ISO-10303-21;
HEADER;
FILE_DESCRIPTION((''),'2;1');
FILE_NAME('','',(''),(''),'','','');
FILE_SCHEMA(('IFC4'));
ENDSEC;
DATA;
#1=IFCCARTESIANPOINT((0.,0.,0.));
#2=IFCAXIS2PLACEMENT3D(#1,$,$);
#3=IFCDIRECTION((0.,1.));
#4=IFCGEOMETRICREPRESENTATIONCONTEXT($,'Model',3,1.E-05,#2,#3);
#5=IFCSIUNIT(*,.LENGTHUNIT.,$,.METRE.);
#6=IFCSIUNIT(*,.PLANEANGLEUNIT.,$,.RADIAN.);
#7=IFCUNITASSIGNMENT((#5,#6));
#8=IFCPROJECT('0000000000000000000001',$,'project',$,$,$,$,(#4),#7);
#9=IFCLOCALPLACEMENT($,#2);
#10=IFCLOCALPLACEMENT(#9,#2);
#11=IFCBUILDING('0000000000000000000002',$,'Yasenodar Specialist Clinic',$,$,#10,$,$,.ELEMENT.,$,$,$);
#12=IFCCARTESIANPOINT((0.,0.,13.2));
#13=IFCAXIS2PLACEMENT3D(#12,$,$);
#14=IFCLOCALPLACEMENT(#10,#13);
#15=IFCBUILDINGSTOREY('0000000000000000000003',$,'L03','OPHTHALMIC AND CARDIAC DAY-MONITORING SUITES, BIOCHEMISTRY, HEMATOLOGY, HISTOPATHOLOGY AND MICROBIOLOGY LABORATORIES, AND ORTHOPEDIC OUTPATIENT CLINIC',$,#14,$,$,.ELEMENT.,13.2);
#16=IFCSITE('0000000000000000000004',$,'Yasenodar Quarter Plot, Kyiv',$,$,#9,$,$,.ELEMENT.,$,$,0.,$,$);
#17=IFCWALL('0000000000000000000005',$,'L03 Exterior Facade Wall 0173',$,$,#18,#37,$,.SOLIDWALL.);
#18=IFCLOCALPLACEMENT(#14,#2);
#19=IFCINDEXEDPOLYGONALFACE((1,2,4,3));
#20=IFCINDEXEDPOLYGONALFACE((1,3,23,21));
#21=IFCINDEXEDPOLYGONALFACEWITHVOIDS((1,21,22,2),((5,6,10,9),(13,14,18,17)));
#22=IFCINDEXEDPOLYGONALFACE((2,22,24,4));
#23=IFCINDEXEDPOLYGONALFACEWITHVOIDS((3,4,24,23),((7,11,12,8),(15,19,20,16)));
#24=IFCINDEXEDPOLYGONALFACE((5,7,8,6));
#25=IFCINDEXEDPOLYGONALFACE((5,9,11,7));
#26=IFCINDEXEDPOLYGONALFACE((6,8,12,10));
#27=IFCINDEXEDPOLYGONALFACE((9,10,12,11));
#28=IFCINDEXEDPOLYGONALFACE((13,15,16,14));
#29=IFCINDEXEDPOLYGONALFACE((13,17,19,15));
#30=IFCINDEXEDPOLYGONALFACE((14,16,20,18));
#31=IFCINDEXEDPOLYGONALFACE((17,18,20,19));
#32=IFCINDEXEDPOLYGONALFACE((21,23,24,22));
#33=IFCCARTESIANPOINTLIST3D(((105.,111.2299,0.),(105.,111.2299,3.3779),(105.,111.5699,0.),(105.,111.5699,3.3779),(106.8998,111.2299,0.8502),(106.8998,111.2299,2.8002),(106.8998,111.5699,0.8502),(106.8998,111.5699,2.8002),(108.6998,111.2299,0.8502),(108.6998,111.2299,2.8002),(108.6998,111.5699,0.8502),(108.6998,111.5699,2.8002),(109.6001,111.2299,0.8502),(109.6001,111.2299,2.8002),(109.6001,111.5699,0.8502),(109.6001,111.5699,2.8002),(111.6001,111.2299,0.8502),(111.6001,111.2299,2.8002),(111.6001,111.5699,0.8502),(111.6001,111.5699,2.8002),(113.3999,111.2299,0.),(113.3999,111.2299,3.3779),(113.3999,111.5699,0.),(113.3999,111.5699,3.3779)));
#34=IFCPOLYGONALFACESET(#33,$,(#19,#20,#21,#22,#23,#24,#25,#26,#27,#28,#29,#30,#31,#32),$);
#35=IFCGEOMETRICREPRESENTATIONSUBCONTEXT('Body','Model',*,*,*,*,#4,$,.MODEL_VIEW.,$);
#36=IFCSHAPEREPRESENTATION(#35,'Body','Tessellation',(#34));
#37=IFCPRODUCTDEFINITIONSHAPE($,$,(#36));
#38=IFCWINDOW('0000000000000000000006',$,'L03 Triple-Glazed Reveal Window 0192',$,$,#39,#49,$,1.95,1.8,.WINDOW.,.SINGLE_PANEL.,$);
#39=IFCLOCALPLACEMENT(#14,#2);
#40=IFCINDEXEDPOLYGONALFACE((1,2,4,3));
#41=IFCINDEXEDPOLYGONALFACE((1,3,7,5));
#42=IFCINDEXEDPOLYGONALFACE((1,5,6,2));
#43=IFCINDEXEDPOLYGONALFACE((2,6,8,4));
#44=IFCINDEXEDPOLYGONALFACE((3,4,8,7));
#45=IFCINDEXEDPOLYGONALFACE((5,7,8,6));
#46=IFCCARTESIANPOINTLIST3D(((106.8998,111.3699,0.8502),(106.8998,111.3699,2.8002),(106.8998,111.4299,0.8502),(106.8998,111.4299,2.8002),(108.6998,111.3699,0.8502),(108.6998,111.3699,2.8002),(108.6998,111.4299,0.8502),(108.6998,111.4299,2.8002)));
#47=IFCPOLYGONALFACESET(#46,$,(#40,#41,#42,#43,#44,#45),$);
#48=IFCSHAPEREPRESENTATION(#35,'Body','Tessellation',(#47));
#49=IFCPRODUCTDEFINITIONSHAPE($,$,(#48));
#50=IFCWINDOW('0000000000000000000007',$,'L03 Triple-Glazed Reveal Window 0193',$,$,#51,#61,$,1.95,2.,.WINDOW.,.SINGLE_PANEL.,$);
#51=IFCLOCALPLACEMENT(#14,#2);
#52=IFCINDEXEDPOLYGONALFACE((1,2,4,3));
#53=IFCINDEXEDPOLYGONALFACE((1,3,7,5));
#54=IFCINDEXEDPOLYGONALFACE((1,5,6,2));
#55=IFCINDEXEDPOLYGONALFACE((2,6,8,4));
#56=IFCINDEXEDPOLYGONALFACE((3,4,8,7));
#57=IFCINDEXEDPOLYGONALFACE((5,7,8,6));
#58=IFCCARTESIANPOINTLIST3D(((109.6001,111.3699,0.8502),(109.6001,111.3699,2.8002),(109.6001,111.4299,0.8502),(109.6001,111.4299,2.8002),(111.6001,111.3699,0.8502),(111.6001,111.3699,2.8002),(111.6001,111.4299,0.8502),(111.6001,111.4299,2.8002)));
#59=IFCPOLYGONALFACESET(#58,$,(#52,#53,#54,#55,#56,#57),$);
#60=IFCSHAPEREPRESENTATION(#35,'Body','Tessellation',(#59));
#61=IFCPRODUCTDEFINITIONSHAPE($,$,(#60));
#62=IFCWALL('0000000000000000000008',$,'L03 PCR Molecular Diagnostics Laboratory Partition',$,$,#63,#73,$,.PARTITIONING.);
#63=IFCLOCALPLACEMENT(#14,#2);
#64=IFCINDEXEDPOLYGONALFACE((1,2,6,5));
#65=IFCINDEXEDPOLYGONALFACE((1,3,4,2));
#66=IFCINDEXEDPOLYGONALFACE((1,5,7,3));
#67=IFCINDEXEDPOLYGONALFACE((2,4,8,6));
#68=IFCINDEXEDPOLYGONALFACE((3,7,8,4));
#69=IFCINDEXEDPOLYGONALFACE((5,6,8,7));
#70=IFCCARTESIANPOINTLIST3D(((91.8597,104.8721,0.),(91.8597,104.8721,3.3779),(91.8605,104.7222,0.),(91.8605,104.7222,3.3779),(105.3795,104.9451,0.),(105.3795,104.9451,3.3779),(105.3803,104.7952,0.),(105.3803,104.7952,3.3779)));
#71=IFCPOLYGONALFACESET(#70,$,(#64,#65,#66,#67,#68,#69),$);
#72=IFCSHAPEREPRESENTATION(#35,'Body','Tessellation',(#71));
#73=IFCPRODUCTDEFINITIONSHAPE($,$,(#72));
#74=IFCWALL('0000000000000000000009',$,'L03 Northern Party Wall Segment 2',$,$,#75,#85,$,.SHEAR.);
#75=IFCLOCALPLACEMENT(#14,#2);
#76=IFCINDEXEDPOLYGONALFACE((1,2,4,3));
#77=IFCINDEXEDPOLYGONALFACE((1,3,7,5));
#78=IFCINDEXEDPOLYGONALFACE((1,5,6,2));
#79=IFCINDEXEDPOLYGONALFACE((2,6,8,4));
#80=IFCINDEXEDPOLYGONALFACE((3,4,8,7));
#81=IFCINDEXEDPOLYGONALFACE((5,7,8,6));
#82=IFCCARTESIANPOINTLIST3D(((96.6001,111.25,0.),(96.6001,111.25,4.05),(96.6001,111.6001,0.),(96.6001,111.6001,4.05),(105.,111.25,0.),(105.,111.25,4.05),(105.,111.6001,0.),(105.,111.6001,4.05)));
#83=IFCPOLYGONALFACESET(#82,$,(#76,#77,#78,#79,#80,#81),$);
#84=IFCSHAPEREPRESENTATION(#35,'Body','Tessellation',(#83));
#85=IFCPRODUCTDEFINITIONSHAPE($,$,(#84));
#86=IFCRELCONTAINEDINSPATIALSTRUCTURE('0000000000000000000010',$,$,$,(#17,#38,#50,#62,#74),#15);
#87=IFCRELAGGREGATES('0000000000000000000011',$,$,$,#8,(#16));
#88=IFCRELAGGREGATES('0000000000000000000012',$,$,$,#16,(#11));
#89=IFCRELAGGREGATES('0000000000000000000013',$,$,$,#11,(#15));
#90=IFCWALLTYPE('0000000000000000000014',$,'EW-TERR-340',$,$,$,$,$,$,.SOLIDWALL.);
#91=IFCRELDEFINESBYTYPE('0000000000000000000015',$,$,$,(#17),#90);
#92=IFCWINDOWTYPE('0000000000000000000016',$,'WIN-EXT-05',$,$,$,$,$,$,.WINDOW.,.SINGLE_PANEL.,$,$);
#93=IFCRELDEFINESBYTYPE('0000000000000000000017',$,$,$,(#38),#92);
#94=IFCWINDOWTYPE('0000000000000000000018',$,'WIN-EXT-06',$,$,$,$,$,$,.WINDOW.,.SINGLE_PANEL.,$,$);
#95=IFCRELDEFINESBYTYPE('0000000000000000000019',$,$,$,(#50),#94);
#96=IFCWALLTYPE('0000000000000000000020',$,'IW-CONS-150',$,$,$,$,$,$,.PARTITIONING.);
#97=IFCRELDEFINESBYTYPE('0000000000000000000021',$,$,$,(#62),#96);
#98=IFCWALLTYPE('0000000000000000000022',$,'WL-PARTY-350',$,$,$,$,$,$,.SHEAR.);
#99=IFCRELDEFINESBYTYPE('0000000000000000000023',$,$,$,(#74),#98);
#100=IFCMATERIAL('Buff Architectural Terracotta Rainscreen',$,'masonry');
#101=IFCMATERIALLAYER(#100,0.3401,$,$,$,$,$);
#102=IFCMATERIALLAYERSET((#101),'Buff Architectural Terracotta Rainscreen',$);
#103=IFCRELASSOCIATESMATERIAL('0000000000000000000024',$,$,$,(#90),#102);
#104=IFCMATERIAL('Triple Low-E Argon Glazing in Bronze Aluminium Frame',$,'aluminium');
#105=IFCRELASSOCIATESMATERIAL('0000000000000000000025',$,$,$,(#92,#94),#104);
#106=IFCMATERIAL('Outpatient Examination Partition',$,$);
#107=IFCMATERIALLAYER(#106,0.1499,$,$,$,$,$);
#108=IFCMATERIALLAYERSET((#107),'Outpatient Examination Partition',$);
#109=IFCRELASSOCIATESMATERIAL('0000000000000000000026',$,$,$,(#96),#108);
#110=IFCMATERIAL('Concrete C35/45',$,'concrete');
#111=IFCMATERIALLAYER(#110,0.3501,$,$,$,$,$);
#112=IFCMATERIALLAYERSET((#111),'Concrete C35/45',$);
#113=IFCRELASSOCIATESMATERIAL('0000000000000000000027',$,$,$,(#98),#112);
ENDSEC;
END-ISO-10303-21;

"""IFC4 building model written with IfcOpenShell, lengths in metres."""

from ifc_helpers import new_model, si_unit, direction, frame, frame_2d, origin, place, context, subcontext, project, spatial, rectangle, extrude, material, layer, layer_set, type_object, element, fill, save


model = new_model("IFC4")

# Units and contexts
model_context = context("Model", 3, precision=1e-05, world=origin(), true_north=direction((0.0, 1.0)))
body_context = subcontext(model_context, "Body", "Model", "MODEL_VIEW")
ifc_project = project(units=[si_unit("LENGTHUNIT", "METRE"), si_unit("PLANEANGLEUNIT", "RADIAN")], contexts=[model_context])

# Site, building, storey
site_placement = place(None, origin())
site = spatial("IfcSite", under=ifc_project, at=site_placement, Name="Yasenodar Quarter Plot, Kyiv", CompositionType="ELEMENT", RefElevation=0.0)
building_placement = place(site_placement, origin())
building = spatial("IfcBuilding", under=site, at=building_placement, Name="Yasenodar Specialist Clinic", CompositionType="ELEMENT")
storey_placement = place(building_placement, frame((0.0, 0.0, 13.2)))
storey = spatial("IfcBuildingStorey", under=building, at=storey_placement, Name="L03", Description="OPHTHALMIC AND CARDIAC DAY-MONITORING SUITES, BIOCHEMISTRY, HEMATOLOGY, HISTOPATHOLOGY AND MICROBIOLOGY LABORATORIES, AND ORTHOPEDIC OUTPATIENT CLINIC", CompositionType="ELEMENT", Elevation=13.2)

# Wall, openings, windows
ifc_material_1 = material(Name="Buff Architectural Terracotta Rainscreen", Category="masonry")
ifc_layer_1 = layer(ifc_material_1, 0.3401)
ifc_layer_set_1 = layer_set([ifc_layer_1], Name="Buff Architectural Terracotta Rainscreen")
wall_type_1 = type_object("IfcWallType", Name="EW-TERR-340", PredefinedType="SOLIDWALL", material=ifc_layer_set_1)
wall_1_placement = place(storey_placement, frame((105.0, 111.3999, 0.0), z_axis=(0.0, 0.0, 1.0), x_axis=(1.0, 0.0, 0.0)))
wall_1 = element("IfcWall", 1, at=wall_1_placement, inside=storey, type_object=wall_type_1, Name="L03 Exterior Facade Wall 0173", PredefinedType="SOLIDWALL", context=body_context, shape_type="SweptSolid", body=[
    extrude(rectangle(XDim=8.3999, YDim=0.3401, at=frame_2d((4.2, 0.0))), origin(), (0.0, 0.0, 1.0), 3.3779),
])
opening_1_placement = place(wall_1_placement, frame((1.8999, 0.0, 0.8501)))
opening_1 = element("IfcOpeningElement", 2, at=opening_1_placement, cuts=wall_1, PredefinedType="OPENING", context=body_context, shape_type="SweptSolid", body=[
    extrude(rectangle(XDim=1.8, YDim=1.95, at=frame_2d((0.8999, 0.9751))), frame((0.0, 0.1802, 0.0), z_axis=(0.0, -1.0, 0.0), x_axis=(1.0, 0.0, 0.0)), (0.0, 0.0, 1.0), 0.3601),
])
opening_2_placement = place(wall_1_placement, frame((4.6001, 0.0, 0.8501)))
opening_2 = element("IfcOpeningElement", 3, at=opening_2_placement, cuts=wall_1, PredefinedType="OPENING", context=body_context, shape_type="SweptSolid", body=[
    extrude(rectangle(XDim=2.0, YDim=1.95, at=frame_2d((1.0, 0.9751))), frame((0.0, 0.1802, 0.0), z_axis=(0.0, -1.0, 0.0), x_axis=(1.0, 0.0, 0.0)), (0.0, 0.0, 1.0), 0.3601),
])
ifc_material_2 = material(Name="Triple Low-E Argon Glazing in Bronze Aluminium Frame", Category="aluminium")
window_type_1 = type_object("IfcWindowType", Name="WIN-EXT-05", PartitioningType="SINGLE_PANEL", PredefinedType="WINDOW", material=ifc_material_2)
window_1_placement = place(opening_1_placement, origin())
window_1 = element("IfcWindow", 4, at=window_1_placement, inside=storey, type_object=window_type_1, Name="L03 Triple-Glazed Reveal Window 0192", OverallHeight=1.95, OverallWidth=1.8, PartitioningType="SINGLE_PANEL", PredefinedType="WINDOW", context=body_context, shape_type="SweptSolid", body=[
    extrude(rectangle(XDim=1.8, YDim=1.95, at=frame_2d((0.8999, 0.9751))), frame((0.0, 0.03, 0.0), z_axis=(0.0, -1.0, 0.0), x_axis=(1.0, 0.0, 0.0)), (0.0, 0.0, 1.0), 0.0601),
])
fill(opening_1, window_1)
window_type_2 = type_object("IfcWindowType", Name="WIN-EXT-06", PartitioningType="SINGLE_PANEL", PredefinedType="WINDOW", material=ifc_material_2)
window_2_placement = place(opening_2_placement, origin())
window_2 = element("IfcWindow", 5, at=window_2_placement, inside=storey, type_object=window_type_2, Name="L03 Triple-Glazed Reveal Window 0193", OverallHeight=1.95, OverallWidth=2.0, PartitioningType="SINGLE_PANEL", PredefinedType="WINDOW", context=body_context, shape_type="SweptSolid", body=[
    extrude(rectangle(XDim=2.0, YDim=1.95, at=frame_2d((1.0, 0.9751))), frame((0.0, 0.03, 0.0), z_axis=(0.0, -1.0, 0.0), x_axis=(1.0, 0.0, 0.0)), (0.0, 0.0, 1.0), 0.0601),
])
fill(opening_2, window_2)

# Walls
ifc_material_3 = material(Name="Outpatient Examination Partition")
ifc_layer_2 = layer(ifc_material_3, 0.1499)
ifc_layer_set_2 = layer_set([ifc_layer_2], Name="Outpatient Examination Partition")
wall_type_2 = type_object("IfcWallType", Name="IW-CONS-150", PredefinedType="PARTITIONING", material=ifc_layer_set_2)
wall_2_placement = place(storey_placement, frame((105.3799, 104.8701, 0.0), z_axis=(0.0, 0.0, 1.0), x_axis=(-0.999985, -0.005399, 0.0)))
element("IfcWall", 6, at=wall_2_placement, inside=storey, type_object=wall_type_2, Name="L03 PCR Molecular Diagnostics Laboratory Partition", PredefinedType="PARTITIONING", context=body_context, shape_type="SweptSolid", body=[
    extrude(rectangle(XDim=13.52, YDim=0.1499, at=frame_2d((6.76, 0.0))), origin(), (0.0, 0.0, 1.0), 3.3779),
])
ifc_material_4 = material(Name="Concrete C35/45", Category="concrete")
ifc_layer_3 = layer(ifc_material_4, 0.3501)
ifc_layer_set_3 = layer_set([ifc_layer_3], Name="Concrete C35/45")
wall_type_3 = type_object("IfcWallType", Name="WL-PARTY-350", PredefinedType="SHEAR", material=ifc_layer_set_3)
wall_3_placement = place(storey_placement, frame((96.6001, 111.425, 0.0), z_axis=(0.0, 0.0, 1.0), x_axis=(1.0, 0.0, 0.0)))
element("IfcWall", 7, at=wall_3_placement, inside=storey, type_object=wall_type_3, Name="L03 Northern Party Wall Segment 2", PredefinedType="SHEAR", context=body_context, shape_type="SweptSolid", body=[
    extrude(rectangle(XDim=8.3999, YDim=0.3501, at=frame_2d((4.2, 0.0))), origin(), (0.0, 0.0, 1.0), 4.05),
])

save(model, "model.ifc")
